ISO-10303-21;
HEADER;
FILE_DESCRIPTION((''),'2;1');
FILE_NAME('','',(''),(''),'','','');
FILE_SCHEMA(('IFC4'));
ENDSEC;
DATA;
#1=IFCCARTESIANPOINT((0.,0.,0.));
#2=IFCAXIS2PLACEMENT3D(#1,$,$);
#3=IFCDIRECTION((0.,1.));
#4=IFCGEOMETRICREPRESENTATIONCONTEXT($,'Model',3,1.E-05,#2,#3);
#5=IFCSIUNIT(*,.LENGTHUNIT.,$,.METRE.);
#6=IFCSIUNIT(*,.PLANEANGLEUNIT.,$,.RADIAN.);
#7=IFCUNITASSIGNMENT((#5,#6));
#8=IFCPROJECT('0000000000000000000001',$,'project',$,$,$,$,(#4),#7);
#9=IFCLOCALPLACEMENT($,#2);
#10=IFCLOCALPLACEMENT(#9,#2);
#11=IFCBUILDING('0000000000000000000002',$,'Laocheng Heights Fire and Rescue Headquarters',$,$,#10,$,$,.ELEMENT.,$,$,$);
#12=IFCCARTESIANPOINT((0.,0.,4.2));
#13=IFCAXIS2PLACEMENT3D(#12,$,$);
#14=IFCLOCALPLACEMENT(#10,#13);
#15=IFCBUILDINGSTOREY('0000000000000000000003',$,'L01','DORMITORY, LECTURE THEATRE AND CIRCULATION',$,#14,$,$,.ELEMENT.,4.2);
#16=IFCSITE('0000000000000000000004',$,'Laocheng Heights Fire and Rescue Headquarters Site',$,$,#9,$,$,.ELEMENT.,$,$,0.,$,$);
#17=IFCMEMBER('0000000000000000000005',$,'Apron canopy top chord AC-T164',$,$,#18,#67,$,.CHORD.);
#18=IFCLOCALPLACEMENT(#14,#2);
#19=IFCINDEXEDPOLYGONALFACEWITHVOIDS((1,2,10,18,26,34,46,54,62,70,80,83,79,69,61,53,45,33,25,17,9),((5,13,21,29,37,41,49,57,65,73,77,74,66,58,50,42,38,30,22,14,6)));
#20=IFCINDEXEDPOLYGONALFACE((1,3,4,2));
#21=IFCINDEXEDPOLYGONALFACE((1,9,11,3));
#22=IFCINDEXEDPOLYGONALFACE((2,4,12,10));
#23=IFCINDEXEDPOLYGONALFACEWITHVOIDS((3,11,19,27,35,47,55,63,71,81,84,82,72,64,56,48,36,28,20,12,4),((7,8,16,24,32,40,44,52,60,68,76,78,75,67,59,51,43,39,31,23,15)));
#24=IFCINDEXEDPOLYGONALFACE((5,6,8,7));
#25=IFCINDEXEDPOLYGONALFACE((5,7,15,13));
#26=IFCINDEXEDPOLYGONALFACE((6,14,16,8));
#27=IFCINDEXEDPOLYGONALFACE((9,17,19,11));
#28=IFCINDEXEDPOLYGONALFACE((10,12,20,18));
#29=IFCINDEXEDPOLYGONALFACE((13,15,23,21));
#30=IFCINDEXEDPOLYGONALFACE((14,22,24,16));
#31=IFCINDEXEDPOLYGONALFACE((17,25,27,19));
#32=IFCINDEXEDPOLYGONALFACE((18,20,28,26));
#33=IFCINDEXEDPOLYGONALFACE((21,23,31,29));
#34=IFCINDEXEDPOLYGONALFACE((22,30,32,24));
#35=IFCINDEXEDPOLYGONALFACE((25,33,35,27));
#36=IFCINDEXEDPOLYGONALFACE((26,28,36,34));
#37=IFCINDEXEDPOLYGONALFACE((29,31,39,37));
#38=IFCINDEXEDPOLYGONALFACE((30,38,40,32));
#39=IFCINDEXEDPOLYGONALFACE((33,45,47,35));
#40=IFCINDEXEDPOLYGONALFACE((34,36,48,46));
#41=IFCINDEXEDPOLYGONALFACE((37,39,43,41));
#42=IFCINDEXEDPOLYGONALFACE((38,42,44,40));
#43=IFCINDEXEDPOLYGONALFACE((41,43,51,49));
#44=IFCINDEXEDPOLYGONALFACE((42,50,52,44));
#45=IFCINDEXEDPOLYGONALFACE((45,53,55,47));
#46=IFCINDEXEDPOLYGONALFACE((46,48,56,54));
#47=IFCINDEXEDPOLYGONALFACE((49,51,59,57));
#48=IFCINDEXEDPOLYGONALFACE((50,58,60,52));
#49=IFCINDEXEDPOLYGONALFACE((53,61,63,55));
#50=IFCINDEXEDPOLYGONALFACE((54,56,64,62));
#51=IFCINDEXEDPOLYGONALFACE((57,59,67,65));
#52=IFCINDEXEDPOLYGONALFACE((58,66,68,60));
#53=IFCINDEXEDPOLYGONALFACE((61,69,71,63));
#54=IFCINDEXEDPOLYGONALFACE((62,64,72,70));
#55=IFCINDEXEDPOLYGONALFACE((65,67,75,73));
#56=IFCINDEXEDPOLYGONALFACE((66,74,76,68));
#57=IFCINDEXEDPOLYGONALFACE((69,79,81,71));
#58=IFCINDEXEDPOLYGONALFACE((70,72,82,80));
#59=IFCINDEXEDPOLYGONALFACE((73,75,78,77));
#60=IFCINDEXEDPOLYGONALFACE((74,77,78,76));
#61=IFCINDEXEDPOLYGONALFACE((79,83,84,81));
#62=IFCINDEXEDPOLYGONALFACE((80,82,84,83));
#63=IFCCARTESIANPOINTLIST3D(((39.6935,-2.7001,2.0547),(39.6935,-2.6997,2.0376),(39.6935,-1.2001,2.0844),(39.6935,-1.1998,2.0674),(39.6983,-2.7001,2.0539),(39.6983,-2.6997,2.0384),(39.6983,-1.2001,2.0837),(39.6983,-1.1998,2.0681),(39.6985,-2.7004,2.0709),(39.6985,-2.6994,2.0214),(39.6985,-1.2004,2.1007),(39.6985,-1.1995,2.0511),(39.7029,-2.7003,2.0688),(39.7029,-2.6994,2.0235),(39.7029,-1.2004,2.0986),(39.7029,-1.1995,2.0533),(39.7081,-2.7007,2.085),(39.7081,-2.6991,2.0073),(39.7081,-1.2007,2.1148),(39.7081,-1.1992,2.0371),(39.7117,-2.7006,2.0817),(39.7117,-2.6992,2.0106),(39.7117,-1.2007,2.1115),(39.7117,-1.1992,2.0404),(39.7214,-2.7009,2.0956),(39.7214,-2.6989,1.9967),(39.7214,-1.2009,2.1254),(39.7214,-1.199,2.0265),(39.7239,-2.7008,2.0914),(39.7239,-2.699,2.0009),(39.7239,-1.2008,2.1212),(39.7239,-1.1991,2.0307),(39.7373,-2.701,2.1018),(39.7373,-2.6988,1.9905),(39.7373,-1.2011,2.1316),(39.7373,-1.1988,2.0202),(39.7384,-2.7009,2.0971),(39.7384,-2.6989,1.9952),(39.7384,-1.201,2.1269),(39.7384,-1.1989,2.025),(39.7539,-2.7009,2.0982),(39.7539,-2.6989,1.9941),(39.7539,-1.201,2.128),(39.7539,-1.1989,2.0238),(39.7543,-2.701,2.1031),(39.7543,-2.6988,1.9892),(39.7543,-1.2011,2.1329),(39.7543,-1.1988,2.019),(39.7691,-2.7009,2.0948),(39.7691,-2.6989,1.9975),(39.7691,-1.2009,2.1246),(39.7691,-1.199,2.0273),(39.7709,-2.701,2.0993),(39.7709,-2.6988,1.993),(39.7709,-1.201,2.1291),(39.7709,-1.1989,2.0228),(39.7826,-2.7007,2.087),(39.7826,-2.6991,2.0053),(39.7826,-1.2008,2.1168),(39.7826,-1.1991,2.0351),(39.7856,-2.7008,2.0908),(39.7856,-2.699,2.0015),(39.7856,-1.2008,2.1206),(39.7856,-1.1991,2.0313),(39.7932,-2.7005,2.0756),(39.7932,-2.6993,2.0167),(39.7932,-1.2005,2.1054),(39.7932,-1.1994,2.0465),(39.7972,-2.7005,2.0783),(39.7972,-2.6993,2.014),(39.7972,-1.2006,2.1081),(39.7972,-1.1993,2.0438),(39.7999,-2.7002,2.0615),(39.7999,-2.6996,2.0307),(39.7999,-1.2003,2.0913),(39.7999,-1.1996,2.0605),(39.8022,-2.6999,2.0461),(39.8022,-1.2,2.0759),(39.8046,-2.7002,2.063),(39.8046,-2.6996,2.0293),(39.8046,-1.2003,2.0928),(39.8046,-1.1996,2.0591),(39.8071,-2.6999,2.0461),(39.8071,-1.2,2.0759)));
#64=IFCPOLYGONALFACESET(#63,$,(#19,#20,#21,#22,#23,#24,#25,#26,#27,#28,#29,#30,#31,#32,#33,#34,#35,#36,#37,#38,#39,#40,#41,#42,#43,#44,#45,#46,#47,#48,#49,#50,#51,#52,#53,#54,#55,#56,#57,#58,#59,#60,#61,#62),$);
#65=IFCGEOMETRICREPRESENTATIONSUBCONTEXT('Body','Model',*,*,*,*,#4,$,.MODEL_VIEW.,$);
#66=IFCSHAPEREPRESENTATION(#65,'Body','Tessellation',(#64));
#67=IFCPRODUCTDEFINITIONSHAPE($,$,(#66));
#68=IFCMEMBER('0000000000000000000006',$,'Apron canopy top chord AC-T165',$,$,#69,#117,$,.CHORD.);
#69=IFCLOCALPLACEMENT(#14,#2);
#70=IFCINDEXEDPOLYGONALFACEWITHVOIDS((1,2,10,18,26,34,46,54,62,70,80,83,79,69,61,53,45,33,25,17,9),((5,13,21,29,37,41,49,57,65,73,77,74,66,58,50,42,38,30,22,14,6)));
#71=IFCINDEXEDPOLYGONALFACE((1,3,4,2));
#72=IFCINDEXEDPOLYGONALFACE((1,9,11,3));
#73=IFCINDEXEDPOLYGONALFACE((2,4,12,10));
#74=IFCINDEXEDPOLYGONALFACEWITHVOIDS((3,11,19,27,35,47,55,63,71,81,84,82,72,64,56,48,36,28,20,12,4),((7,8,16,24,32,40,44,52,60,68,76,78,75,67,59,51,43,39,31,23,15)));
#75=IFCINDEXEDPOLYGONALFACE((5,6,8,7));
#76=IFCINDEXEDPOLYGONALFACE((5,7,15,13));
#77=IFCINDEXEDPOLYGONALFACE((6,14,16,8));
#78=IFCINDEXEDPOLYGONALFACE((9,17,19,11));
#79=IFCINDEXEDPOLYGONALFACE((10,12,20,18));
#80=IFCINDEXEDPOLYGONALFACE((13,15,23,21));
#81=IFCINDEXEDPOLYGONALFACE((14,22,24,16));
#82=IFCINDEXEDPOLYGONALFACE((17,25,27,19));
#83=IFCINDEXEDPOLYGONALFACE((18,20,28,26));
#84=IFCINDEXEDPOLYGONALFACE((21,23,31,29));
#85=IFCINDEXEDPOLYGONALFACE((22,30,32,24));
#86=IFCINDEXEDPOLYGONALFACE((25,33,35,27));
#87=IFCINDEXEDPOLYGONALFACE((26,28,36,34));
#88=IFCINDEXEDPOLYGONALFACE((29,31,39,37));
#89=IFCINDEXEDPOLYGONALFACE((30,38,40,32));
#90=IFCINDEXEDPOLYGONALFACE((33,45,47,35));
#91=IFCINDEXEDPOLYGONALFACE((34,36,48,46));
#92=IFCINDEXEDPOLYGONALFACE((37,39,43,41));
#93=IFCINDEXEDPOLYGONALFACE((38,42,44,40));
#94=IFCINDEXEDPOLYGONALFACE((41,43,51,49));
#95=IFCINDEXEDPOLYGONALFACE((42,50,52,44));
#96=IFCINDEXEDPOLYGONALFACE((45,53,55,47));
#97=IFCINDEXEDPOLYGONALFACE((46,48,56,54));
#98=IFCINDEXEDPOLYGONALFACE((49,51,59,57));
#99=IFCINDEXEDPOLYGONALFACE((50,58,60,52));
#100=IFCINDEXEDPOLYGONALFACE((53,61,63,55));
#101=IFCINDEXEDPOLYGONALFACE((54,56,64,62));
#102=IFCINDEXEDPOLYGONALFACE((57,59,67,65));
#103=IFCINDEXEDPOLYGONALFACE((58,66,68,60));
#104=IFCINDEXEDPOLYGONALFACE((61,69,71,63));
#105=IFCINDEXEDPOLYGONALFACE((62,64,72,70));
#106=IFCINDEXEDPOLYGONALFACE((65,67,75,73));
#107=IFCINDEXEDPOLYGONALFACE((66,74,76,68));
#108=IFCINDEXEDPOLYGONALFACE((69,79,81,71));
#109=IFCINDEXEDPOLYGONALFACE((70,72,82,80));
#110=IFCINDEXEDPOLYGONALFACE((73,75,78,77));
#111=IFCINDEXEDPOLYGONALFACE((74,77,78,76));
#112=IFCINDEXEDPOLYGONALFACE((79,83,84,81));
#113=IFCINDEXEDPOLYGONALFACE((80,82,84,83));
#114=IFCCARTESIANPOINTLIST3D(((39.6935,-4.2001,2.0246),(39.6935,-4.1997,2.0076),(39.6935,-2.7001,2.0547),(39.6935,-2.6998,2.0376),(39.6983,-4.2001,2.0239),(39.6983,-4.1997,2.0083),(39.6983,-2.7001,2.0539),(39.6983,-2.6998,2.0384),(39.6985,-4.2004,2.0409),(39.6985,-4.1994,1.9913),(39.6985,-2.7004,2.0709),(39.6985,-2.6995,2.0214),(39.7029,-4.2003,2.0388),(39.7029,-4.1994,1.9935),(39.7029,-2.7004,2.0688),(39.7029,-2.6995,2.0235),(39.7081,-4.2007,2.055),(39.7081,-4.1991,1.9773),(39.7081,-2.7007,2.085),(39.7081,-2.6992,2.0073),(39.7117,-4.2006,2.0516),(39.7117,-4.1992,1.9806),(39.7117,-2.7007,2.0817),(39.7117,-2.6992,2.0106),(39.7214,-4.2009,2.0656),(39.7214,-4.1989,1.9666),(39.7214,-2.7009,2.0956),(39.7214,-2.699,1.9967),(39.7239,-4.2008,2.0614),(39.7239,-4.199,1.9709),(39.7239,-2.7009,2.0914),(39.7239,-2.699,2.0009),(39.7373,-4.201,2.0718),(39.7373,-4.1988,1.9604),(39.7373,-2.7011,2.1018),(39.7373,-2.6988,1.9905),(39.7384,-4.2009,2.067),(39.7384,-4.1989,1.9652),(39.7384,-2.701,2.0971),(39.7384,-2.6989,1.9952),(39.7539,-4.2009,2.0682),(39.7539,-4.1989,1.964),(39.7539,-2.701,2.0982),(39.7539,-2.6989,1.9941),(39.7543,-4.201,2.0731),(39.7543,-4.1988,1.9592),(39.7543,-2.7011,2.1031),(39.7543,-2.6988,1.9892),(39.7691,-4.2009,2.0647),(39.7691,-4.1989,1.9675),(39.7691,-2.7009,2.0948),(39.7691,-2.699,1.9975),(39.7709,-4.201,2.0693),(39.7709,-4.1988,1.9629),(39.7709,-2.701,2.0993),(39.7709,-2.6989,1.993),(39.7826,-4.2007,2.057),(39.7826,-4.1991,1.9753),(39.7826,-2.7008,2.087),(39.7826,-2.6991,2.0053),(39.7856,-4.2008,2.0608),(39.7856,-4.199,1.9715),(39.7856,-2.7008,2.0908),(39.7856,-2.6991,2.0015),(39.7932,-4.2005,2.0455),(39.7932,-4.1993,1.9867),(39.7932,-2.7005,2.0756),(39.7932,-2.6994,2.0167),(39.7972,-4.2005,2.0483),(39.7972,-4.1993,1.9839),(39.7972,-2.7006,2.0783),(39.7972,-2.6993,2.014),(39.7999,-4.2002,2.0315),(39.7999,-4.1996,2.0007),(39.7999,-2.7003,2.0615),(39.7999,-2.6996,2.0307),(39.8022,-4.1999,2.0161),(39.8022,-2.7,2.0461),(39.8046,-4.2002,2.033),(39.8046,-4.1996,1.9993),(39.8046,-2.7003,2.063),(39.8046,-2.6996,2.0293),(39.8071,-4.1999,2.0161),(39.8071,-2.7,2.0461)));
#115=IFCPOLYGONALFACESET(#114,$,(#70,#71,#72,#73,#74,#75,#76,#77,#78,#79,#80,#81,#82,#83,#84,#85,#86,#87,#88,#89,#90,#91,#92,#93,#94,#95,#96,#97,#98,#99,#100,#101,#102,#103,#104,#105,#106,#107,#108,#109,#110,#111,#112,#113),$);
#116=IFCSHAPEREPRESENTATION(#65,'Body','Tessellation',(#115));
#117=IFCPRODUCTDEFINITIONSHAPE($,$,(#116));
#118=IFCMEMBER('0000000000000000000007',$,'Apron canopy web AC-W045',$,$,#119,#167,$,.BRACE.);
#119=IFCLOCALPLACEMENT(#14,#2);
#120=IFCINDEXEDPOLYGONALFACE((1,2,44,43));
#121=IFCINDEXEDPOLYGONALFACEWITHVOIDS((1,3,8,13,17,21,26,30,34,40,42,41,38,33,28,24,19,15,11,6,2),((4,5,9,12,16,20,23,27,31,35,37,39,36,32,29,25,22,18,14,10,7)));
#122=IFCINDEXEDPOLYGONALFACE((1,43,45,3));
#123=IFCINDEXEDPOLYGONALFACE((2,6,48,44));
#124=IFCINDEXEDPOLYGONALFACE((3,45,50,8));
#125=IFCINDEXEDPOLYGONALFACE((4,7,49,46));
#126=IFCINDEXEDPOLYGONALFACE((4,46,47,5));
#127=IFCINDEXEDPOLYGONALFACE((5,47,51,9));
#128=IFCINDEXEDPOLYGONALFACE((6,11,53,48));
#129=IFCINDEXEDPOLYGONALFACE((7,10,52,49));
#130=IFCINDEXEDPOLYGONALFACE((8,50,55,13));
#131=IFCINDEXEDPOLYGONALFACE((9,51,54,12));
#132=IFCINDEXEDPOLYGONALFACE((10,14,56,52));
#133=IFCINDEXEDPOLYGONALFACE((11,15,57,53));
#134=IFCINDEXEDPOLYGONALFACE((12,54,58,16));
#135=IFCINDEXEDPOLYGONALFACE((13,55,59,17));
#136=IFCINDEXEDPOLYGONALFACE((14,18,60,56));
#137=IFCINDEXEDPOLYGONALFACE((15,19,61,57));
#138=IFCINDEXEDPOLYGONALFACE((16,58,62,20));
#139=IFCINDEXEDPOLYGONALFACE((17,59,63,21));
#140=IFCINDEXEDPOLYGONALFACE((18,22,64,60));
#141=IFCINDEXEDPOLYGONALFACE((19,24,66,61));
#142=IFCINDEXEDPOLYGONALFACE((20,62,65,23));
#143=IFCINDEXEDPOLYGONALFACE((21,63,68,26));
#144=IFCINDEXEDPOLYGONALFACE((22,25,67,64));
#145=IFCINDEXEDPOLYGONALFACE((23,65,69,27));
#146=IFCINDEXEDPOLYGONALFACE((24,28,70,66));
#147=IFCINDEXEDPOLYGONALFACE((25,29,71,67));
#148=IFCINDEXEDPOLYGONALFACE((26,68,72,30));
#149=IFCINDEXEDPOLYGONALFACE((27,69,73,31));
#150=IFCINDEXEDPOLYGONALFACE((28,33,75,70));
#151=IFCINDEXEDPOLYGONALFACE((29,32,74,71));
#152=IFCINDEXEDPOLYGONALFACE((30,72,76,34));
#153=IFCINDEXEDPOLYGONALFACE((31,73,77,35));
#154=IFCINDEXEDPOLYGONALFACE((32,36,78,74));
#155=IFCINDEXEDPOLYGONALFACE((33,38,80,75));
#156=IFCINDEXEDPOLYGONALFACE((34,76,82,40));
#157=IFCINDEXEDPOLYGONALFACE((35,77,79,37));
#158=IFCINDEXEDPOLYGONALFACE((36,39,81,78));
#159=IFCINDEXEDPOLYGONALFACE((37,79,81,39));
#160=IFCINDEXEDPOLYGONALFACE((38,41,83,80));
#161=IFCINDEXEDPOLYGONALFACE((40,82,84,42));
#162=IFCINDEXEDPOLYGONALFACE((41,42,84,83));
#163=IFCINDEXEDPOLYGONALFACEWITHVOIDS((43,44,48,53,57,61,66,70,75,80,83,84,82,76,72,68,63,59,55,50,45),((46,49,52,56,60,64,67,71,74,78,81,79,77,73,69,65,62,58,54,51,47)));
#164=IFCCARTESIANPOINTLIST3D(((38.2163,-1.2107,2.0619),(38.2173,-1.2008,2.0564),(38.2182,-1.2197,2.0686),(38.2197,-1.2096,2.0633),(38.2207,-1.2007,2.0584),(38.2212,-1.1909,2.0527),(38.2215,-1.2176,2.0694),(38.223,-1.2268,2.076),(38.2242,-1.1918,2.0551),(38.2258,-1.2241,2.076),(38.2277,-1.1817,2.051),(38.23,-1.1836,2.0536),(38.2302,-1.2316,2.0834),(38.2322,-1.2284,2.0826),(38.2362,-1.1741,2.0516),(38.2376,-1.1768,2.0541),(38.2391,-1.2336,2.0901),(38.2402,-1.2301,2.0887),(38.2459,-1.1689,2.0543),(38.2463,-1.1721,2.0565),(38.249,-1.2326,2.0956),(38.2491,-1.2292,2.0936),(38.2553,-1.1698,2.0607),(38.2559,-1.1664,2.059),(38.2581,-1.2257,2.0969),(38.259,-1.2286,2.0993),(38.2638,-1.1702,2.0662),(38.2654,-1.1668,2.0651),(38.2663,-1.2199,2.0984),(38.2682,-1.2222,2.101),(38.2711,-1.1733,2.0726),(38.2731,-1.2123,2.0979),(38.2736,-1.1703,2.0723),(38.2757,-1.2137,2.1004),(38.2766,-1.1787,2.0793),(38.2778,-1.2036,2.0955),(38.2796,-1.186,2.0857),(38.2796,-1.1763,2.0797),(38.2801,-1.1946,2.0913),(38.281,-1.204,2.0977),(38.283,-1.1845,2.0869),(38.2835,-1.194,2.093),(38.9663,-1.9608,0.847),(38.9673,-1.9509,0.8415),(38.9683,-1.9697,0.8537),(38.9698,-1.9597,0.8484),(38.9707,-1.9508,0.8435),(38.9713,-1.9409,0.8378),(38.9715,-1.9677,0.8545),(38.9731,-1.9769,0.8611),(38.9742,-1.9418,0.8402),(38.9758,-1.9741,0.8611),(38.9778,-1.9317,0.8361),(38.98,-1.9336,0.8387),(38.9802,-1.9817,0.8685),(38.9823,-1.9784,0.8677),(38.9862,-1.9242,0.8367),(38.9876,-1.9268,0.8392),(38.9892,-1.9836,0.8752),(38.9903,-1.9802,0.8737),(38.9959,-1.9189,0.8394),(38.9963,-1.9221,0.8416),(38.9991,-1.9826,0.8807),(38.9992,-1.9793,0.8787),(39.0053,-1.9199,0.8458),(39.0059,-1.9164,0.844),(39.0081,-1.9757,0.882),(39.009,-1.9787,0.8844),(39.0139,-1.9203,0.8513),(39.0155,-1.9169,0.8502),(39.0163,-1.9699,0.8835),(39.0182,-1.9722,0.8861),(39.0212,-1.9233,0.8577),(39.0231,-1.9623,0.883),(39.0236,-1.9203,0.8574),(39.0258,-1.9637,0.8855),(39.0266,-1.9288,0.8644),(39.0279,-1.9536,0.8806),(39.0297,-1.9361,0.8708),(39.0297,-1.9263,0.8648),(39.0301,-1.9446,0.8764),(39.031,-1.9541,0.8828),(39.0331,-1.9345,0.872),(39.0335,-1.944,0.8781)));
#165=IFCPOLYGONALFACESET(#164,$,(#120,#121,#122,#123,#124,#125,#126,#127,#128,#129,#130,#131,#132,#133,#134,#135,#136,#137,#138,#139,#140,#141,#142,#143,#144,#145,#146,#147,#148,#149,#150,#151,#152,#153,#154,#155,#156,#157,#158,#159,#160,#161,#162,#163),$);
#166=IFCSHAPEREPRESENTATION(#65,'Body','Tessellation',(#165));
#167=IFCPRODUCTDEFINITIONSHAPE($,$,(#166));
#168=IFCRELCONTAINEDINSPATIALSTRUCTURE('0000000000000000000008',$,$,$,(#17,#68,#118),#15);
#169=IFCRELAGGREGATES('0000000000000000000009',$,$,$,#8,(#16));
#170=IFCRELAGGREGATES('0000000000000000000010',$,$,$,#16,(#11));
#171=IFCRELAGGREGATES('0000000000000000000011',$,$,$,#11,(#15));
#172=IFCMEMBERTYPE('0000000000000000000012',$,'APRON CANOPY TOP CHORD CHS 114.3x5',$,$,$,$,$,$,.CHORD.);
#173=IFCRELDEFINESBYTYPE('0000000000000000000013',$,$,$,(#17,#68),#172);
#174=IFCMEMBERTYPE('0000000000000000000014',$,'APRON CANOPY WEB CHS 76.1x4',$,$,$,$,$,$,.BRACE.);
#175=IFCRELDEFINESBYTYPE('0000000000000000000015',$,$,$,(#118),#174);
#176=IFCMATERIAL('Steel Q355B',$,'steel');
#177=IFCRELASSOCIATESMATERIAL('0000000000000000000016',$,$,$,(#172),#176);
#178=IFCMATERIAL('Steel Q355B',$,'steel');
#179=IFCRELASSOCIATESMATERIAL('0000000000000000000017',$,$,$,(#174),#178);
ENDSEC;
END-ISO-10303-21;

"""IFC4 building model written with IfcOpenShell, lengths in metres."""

from ifc_helpers import new_model, si_unit, direction, frame, origin, origin_2d, place, context, subcontext, project, spatial, hollow_circle, extrude, material, material_profile, profile_set, type_object, element, save


model = new_model("IFC4")

# Units and contexts
model_context = context("Model", 3, precision=1e-05, world=origin(), true_north=direction((0.0, 1.0)))
body_context = subcontext(model_context, "Body", "Model", "MODEL_VIEW")
ifc_project = project(units=[si_unit("LENGTHUNIT", "METRE"), si_unit("PLANEANGLEUNIT", "RADIAN")], contexts=[model_context])

# Site, building, storey
site_placement = place(None, origin())
site = spatial("IfcSite", under=ifc_project, at=site_placement, Name="Laocheng Heights Fire and Rescue Headquarters Site", CompositionType="ELEMENT", RefElevation=0.0)
building_placement = place(site_placement, origin())
building = spatial("IfcBuilding", under=site, at=building_placement, Name="Laocheng Heights Fire and Rescue Headquarters", CompositionType="ELEMENT")
storey_placement = place(building_placement, frame((0.0, 0.0, 4.2)))
storey = spatial("IfcBuildingStorey", under=building, at=storey_placement, Name="L01", Description="DORMITORY, LECTURE THEATRE AND CIRCULATION", CompositionType="ELEMENT", Elevation=4.2)

# Members
ifc_material_1 = material(Name="Steel Q355B", Category="steel")
ifc_material_profile_1 = material_profile(ifc_material_1, hollow_circle(Radius=0.0571, WallThickness=0.0049, at=origin_2d()), Name="CHS 114.3x5")
ifc_profile_set_1 = profile_set([ifc_material_profile_1], Name="Steel Q355B")
member_type_1 = type_object("IfcMemberType", Name="APRON CANOPY TOP CHORD CHS 114.3x5", PredefinedType="CHORD", material=ifc_profile_set_1)
for number, where, z_axis, x_axis, name in (
    (1, (39.75, -1.2, 2.0759), (0.0, -0.999803, -0.019853), (1.0, 0.0, 0.0), "Apron canopy top chord AC-T164"),
    (2, (39.75, -2.7, 2.0461), (0.0, -0.9998, -0.020016), (1.0, 0.0, 0.0), "Apron canopy top chord AC-T165"),
):
    element("IfcMember", number, at=place(storey_placement, frame(where, z_axis=z_axis, x_axis=x_axis)), inside=storey, type_object=member_type_1, Name=name, PredefinedType="CHORD", context=body_context, shape_type="SweptSolid", body=[
        extrude(hollow_circle(Radius=0.0571, WallThickness=0.0049, at=origin_2d()), origin(), (0.0, 0.0, 1.0), 1.5002),
    ])
ifc_material_2 = material(Name="Steel Q355B", Category="steel")
ifc_material_profile_2 = material_profile(ifc_material_2, hollow_circle(Radius=0.0381, WallThickness=0.0039, at=origin_2d()), Name="CHS 76.1x4")
ifc_profile_set_2 = profile_set([ifc_material_profile_2], Name="Steel Q355B")
member_type_2 = type_object("IfcMemberType", Name="APRON CANOPY WEB CHS 76.1x4", PredefinedType="BRACE", material=ifc_profile_set_2)
for number, where, z_axis, x_axis, name in (
    (3, (39.0, -1.95, 0.8611), (-0.465055, 0.465055, 0.753292), (-0.707107, -0.707107, 0.0), "Apron canopy web AC-W045"),
):
    element("IfcMember", number, at=place(storey_placement, frame(where, z_axis=z_axis, x_axis=x_axis)), inside=storey, type_object=member_type_2, Name=name, PredefinedType="BRACE", context=body_context, shape_type="SweptSolid", body=[
        extrude(hollow_circle(Radius=0.0381, WallThickness=0.0039, at=origin_2d()), origin(), (0.0, 0.0, 1.0), 1.6128),
    ])

save(model, "model.ifc")
